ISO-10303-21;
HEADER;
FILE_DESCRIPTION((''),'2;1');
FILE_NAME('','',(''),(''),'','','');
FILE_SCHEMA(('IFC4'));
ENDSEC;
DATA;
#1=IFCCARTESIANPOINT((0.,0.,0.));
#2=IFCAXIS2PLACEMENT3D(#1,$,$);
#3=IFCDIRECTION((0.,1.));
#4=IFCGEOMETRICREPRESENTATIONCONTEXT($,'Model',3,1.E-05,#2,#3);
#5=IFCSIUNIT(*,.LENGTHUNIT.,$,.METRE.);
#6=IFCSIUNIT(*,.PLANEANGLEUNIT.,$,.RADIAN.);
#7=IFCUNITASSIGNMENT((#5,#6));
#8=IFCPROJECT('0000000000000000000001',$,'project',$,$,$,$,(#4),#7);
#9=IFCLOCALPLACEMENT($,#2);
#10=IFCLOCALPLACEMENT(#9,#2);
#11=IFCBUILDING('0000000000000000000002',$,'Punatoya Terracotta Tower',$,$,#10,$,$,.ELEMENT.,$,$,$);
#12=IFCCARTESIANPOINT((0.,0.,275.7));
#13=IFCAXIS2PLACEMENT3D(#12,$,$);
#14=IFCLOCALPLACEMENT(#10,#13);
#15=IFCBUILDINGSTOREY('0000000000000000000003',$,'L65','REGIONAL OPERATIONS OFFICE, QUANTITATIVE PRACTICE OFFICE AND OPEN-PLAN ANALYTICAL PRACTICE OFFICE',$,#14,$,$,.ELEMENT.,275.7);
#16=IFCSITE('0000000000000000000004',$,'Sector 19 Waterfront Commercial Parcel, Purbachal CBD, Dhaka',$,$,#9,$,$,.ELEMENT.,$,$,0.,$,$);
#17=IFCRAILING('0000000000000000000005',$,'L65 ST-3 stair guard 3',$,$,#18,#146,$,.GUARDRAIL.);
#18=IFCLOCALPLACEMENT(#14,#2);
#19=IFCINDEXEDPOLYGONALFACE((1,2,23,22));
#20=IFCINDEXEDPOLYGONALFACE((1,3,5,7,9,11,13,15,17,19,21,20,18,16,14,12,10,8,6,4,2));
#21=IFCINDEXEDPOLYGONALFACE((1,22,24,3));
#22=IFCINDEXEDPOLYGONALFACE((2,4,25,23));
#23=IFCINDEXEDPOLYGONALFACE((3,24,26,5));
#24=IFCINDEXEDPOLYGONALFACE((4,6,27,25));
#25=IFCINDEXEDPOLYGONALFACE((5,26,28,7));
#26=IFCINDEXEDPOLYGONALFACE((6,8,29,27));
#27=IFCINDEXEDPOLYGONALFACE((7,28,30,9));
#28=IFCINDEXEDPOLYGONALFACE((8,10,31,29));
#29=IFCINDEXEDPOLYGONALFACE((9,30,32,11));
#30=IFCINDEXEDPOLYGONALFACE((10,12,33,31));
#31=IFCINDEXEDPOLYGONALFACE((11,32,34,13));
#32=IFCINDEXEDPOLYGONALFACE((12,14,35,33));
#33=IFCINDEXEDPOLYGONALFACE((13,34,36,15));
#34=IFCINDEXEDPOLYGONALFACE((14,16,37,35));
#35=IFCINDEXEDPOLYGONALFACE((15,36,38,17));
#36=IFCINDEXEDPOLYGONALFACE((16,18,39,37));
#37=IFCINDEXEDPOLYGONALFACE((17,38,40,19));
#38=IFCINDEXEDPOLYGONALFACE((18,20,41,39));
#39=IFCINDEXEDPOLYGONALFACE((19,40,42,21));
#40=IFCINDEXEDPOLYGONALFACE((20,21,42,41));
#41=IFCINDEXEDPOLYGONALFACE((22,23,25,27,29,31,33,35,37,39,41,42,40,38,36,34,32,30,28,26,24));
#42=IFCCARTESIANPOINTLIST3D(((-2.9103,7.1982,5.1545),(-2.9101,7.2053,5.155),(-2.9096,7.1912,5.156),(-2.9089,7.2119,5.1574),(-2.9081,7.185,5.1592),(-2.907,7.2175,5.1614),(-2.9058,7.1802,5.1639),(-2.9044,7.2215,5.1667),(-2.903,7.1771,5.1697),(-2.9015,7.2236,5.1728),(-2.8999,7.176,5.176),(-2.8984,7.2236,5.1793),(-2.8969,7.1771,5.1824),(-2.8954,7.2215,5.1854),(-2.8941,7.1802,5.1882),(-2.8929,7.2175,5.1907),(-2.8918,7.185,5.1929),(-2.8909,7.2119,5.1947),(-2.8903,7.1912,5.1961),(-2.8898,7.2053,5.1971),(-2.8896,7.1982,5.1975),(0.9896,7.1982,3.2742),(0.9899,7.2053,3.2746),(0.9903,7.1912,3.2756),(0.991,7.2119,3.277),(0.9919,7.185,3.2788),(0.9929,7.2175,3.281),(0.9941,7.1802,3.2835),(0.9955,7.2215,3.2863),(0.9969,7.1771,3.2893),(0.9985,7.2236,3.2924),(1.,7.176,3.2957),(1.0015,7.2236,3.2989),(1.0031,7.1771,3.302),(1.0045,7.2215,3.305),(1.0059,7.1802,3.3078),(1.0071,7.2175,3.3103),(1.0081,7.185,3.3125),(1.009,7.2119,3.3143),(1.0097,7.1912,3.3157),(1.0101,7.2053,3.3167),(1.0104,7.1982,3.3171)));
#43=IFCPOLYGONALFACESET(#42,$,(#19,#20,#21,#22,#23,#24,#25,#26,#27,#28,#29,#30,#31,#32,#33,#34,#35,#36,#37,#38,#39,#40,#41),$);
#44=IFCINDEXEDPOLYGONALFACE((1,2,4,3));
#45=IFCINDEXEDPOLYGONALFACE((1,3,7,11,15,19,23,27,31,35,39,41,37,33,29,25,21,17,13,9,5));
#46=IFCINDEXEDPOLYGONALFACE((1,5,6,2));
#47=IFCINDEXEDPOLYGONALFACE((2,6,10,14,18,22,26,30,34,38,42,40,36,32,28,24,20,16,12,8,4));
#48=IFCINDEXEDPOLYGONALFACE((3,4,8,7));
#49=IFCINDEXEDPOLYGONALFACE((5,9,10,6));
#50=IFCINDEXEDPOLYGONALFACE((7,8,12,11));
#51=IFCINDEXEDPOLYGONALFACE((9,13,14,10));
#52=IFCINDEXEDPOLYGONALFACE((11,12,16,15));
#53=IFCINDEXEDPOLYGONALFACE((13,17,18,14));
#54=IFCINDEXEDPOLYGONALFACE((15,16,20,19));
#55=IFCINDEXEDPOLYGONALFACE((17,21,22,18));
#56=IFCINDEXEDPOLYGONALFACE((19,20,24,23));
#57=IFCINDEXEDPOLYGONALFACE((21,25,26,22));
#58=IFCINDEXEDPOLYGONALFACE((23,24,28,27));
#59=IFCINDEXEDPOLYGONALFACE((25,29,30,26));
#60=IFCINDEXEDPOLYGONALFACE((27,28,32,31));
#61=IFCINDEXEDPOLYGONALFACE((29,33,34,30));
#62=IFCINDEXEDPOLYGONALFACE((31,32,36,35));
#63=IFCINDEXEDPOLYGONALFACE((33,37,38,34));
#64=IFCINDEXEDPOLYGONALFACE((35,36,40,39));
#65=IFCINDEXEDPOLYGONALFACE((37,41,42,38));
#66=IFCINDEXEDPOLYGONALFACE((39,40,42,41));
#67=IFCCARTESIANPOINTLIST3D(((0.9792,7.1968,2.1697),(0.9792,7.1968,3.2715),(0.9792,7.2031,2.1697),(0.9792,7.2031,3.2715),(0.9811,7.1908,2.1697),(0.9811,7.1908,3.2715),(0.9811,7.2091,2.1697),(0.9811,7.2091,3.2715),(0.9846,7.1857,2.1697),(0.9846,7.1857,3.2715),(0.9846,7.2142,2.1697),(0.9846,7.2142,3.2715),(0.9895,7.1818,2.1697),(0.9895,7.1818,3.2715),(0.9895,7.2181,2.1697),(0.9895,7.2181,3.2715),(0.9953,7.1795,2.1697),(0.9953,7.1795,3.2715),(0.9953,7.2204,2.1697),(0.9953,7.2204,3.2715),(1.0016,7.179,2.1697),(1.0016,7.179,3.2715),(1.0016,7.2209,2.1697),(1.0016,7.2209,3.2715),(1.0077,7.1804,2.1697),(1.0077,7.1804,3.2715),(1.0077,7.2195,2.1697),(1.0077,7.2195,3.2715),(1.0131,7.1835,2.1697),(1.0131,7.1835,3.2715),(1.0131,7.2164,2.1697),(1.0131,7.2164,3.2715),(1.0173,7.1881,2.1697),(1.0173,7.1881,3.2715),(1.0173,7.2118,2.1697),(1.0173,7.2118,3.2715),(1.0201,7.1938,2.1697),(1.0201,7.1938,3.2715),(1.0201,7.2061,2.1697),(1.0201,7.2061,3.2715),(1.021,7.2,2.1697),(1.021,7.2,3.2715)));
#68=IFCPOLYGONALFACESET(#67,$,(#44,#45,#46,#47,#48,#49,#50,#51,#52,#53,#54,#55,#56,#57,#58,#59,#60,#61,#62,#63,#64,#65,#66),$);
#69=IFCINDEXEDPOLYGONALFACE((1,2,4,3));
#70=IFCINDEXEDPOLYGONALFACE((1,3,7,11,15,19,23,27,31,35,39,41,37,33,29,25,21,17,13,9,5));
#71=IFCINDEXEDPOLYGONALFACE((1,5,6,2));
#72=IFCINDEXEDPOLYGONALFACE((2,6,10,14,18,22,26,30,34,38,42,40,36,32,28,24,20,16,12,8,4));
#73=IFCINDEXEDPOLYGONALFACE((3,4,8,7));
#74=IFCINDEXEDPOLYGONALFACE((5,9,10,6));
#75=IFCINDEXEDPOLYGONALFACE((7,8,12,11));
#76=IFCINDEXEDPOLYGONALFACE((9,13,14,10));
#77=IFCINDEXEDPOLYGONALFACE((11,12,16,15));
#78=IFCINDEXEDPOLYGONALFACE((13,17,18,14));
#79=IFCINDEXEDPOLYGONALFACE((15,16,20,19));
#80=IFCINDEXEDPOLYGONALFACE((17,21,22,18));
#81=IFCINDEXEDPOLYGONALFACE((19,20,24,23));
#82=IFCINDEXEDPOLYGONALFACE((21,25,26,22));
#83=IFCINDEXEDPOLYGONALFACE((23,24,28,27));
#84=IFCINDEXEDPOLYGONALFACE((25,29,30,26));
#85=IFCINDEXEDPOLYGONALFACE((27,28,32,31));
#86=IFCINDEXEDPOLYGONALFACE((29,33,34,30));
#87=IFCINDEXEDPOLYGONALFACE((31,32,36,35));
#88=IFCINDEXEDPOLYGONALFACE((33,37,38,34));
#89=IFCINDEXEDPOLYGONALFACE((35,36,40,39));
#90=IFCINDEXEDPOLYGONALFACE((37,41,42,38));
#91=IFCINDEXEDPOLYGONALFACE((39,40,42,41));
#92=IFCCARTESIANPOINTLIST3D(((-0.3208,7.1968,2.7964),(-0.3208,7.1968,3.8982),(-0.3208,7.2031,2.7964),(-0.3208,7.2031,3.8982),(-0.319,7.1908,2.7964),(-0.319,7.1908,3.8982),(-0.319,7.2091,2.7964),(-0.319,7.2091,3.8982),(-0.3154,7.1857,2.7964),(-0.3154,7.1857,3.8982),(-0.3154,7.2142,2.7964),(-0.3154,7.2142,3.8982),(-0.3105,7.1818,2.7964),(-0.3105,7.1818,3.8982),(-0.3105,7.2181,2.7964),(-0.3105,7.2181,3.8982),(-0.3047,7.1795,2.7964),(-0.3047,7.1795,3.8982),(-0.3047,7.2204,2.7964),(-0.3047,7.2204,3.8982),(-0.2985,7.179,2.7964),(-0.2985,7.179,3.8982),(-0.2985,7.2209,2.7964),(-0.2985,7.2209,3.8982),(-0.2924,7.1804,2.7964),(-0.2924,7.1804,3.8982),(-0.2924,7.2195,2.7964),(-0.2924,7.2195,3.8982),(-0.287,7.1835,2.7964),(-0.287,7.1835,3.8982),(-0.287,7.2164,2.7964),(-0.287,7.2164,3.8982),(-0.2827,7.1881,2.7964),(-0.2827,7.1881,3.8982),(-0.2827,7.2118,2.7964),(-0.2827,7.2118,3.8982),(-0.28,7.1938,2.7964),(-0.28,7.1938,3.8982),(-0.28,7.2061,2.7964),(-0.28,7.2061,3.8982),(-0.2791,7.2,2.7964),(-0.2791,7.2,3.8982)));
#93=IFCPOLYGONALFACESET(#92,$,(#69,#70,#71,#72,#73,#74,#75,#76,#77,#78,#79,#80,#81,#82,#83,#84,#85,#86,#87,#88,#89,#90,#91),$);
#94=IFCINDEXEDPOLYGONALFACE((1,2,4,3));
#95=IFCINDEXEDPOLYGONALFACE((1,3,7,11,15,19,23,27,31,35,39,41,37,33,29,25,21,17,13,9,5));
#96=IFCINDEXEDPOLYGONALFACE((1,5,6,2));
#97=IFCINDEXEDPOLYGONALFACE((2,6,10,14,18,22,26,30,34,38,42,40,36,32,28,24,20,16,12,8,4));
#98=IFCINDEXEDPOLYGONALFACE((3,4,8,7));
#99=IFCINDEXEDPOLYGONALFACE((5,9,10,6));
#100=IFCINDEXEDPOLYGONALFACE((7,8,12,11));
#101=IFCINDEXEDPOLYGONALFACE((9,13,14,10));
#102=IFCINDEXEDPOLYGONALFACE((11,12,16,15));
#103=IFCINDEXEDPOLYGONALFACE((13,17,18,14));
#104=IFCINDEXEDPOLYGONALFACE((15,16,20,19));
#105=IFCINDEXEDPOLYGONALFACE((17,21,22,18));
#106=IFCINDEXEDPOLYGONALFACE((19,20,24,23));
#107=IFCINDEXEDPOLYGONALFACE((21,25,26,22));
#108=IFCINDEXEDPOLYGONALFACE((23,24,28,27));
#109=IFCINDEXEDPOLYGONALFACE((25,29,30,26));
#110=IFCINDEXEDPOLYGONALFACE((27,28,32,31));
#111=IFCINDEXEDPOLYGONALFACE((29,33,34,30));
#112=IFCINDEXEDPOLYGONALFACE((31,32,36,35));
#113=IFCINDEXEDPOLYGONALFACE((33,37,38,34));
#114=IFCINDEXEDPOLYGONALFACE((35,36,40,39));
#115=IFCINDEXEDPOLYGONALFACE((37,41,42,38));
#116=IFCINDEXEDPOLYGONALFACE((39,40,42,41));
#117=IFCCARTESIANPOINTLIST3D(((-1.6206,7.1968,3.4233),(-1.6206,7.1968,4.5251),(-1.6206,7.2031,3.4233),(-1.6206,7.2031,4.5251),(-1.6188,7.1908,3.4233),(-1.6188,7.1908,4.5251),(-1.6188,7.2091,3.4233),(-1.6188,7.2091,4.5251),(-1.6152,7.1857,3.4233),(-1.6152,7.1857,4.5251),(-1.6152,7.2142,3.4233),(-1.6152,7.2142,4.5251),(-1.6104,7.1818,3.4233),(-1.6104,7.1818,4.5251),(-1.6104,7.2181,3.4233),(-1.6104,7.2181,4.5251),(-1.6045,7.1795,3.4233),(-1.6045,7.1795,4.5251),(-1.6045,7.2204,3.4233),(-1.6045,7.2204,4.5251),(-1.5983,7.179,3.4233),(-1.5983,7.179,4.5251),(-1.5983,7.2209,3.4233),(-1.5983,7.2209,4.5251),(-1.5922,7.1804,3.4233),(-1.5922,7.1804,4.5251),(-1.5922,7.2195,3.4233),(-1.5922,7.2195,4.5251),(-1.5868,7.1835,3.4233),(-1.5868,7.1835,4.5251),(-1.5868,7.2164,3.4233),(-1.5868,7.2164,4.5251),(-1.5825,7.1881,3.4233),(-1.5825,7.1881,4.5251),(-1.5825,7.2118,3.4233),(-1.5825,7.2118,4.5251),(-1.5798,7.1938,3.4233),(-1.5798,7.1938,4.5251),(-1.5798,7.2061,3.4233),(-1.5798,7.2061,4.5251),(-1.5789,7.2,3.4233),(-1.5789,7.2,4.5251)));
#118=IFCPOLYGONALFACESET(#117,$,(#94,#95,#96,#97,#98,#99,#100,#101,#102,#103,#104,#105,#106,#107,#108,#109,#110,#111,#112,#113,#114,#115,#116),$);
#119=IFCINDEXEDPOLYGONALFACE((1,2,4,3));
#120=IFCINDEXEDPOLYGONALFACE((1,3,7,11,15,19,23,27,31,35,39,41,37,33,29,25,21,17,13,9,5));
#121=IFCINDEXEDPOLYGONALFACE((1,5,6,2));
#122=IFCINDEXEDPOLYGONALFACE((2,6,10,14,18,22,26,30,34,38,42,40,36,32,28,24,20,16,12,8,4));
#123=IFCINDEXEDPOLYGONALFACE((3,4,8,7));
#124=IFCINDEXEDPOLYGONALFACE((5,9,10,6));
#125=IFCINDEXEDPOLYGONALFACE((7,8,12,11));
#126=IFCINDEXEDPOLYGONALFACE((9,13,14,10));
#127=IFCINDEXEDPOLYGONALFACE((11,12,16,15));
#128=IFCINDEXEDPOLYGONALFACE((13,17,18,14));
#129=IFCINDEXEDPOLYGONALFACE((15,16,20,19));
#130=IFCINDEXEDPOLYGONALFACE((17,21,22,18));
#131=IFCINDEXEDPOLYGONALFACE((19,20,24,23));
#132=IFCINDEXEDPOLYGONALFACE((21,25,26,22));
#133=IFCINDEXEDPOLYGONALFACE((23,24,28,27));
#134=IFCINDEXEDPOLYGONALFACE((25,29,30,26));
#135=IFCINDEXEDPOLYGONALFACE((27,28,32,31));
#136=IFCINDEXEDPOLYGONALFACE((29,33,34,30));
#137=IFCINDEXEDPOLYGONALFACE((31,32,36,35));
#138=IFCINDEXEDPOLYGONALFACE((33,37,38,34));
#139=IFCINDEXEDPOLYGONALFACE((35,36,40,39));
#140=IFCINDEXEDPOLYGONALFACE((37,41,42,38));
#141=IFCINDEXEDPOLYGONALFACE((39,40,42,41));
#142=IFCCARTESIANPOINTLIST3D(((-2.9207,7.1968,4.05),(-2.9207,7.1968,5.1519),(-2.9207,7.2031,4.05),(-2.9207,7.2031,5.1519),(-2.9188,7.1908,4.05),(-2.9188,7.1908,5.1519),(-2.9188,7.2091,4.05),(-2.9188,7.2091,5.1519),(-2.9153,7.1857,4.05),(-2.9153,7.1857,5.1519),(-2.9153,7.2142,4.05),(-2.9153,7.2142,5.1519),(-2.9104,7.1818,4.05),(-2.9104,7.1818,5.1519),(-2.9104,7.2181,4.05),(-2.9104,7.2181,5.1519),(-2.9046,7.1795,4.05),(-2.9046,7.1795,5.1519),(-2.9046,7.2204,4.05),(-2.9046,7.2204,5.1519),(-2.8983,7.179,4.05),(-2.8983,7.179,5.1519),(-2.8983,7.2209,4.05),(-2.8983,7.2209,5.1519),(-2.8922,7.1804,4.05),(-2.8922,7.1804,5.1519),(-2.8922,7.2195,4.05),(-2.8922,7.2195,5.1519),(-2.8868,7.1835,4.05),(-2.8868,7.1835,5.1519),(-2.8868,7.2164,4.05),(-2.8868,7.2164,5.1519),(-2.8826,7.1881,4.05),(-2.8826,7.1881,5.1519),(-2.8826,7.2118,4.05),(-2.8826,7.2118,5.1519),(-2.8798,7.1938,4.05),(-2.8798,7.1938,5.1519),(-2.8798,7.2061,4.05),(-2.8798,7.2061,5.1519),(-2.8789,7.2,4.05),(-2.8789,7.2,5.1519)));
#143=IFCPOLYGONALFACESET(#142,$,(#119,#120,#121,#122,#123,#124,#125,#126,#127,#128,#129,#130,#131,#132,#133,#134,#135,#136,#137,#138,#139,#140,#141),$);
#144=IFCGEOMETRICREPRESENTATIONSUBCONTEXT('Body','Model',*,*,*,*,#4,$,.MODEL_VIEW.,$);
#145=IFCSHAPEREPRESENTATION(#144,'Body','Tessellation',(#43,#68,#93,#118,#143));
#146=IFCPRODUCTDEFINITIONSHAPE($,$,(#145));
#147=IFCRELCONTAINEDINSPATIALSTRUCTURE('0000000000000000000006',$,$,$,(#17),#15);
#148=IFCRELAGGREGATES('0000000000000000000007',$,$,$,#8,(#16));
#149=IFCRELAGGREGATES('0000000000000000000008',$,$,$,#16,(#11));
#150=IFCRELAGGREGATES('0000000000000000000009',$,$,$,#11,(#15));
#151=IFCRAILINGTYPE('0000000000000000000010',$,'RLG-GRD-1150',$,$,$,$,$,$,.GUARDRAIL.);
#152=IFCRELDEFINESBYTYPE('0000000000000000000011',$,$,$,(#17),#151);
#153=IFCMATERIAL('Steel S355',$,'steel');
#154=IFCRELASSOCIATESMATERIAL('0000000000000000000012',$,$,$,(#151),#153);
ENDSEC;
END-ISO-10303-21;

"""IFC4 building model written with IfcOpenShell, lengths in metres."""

from ifc_helpers import new_model, si_unit, direction, frame, origin, origin_2d, place, context, subcontext, project, spatial, circle, extrude, material, type_object, element, save


model = new_model("IFC4")

# Units and contexts
model_context = context("Model", 3, precision=1e-05, world=origin(), true_north=direction((0.0, 1.0)))
body_context = subcontext(model_context, "Body", "Model", "MODEL_VIEW")
ifc_project = project(units=[si_unit("LENGTHUNIT", "METRE"), si_unit("PLANEANGLEUNIT", "RADIAN")], contexts=[model_context])

# Site, building, storey
site_placement = place(None, origin())
site = spatial("IfcSite", under=ifc_project, at=site_placement, Name="Sector 19 Waterfront Commercial Parcel, Purbachal CBD, Dhaka", CompositionType="ELEMENT", RefElevation=0.0)
building_placement = place(site_placement, origin())
building = spatial("IfcBuilding", under=site, at=building_placement, Name="Punatoya Terracotta Tower", CompositionType="ELEMENT")
storey_placement = place(building_placement, frame((0.0, 0.0, 275.7)))
storey = spatial("IfcBuildingStorey", under=building, at=storey_placement, Name="L65", Description="REGIONAL OPERATIONS OFFICE, QUANTITATIVE PRACTICE OFFICE AND OPEN-PLAN ANALYTICAL PRACTICE OFFICE", CompositionType="ELEMENT", Elevation=275.7)

# Shared definitions
ifc_material_1 = material(Name="Steel S355", Category="steel")

# Railing
railing_type_1 = type_object("IfcRailingType", Name="RLG-GRD-1150", PredefinedType="GUARDRAIL", material=ifc_material_1)
railing_1_placement = place(storey_placement, frame((1.0, 7.2, 2.1697)))
element("IfcRailing", 1, at=railing_1_placement, inside=storey, type_object=railing_type_1, Name="L65 ST-3 stair guard 3", PredefinedType="GUARDRAIL", context=body_context, shape_type="SweptSolid", body=[
    extrude(circle(Radius=0.0239, at=origin_2d()), frame((0.0, 0.0, 1.126), z_axis=(-0.900763, 0.0, 0.434311), x_axis=(0.0, -1.0, 0.0)), (0.0, 0.0, 1.0), 4.3296),
    extrude(circle(Radius=0.021, at=origin_2d()), origin(), (0.0, 0.0, 1.0), 1.1018),
    extrude(circle(Radius=0.021, at=origin_2d()), frame((-1.3, 0.0, 0.6267)), (0.0, 0.0, 1.0), 1.1018),
    extrude(circle(Radius=0.021, at=origin_2d()), frame((-2.5999, 0.0, 1.2537)), (0.0, 0.0, 1.0), 1.1018),
    extrude(circle(Radius=0.021, at=origin_2d()), frame((-3.8999, 0.0, 1.8804)), (0.0, 0.0, 1.0), 1.1018),
])

save(model, "model.ifc")
